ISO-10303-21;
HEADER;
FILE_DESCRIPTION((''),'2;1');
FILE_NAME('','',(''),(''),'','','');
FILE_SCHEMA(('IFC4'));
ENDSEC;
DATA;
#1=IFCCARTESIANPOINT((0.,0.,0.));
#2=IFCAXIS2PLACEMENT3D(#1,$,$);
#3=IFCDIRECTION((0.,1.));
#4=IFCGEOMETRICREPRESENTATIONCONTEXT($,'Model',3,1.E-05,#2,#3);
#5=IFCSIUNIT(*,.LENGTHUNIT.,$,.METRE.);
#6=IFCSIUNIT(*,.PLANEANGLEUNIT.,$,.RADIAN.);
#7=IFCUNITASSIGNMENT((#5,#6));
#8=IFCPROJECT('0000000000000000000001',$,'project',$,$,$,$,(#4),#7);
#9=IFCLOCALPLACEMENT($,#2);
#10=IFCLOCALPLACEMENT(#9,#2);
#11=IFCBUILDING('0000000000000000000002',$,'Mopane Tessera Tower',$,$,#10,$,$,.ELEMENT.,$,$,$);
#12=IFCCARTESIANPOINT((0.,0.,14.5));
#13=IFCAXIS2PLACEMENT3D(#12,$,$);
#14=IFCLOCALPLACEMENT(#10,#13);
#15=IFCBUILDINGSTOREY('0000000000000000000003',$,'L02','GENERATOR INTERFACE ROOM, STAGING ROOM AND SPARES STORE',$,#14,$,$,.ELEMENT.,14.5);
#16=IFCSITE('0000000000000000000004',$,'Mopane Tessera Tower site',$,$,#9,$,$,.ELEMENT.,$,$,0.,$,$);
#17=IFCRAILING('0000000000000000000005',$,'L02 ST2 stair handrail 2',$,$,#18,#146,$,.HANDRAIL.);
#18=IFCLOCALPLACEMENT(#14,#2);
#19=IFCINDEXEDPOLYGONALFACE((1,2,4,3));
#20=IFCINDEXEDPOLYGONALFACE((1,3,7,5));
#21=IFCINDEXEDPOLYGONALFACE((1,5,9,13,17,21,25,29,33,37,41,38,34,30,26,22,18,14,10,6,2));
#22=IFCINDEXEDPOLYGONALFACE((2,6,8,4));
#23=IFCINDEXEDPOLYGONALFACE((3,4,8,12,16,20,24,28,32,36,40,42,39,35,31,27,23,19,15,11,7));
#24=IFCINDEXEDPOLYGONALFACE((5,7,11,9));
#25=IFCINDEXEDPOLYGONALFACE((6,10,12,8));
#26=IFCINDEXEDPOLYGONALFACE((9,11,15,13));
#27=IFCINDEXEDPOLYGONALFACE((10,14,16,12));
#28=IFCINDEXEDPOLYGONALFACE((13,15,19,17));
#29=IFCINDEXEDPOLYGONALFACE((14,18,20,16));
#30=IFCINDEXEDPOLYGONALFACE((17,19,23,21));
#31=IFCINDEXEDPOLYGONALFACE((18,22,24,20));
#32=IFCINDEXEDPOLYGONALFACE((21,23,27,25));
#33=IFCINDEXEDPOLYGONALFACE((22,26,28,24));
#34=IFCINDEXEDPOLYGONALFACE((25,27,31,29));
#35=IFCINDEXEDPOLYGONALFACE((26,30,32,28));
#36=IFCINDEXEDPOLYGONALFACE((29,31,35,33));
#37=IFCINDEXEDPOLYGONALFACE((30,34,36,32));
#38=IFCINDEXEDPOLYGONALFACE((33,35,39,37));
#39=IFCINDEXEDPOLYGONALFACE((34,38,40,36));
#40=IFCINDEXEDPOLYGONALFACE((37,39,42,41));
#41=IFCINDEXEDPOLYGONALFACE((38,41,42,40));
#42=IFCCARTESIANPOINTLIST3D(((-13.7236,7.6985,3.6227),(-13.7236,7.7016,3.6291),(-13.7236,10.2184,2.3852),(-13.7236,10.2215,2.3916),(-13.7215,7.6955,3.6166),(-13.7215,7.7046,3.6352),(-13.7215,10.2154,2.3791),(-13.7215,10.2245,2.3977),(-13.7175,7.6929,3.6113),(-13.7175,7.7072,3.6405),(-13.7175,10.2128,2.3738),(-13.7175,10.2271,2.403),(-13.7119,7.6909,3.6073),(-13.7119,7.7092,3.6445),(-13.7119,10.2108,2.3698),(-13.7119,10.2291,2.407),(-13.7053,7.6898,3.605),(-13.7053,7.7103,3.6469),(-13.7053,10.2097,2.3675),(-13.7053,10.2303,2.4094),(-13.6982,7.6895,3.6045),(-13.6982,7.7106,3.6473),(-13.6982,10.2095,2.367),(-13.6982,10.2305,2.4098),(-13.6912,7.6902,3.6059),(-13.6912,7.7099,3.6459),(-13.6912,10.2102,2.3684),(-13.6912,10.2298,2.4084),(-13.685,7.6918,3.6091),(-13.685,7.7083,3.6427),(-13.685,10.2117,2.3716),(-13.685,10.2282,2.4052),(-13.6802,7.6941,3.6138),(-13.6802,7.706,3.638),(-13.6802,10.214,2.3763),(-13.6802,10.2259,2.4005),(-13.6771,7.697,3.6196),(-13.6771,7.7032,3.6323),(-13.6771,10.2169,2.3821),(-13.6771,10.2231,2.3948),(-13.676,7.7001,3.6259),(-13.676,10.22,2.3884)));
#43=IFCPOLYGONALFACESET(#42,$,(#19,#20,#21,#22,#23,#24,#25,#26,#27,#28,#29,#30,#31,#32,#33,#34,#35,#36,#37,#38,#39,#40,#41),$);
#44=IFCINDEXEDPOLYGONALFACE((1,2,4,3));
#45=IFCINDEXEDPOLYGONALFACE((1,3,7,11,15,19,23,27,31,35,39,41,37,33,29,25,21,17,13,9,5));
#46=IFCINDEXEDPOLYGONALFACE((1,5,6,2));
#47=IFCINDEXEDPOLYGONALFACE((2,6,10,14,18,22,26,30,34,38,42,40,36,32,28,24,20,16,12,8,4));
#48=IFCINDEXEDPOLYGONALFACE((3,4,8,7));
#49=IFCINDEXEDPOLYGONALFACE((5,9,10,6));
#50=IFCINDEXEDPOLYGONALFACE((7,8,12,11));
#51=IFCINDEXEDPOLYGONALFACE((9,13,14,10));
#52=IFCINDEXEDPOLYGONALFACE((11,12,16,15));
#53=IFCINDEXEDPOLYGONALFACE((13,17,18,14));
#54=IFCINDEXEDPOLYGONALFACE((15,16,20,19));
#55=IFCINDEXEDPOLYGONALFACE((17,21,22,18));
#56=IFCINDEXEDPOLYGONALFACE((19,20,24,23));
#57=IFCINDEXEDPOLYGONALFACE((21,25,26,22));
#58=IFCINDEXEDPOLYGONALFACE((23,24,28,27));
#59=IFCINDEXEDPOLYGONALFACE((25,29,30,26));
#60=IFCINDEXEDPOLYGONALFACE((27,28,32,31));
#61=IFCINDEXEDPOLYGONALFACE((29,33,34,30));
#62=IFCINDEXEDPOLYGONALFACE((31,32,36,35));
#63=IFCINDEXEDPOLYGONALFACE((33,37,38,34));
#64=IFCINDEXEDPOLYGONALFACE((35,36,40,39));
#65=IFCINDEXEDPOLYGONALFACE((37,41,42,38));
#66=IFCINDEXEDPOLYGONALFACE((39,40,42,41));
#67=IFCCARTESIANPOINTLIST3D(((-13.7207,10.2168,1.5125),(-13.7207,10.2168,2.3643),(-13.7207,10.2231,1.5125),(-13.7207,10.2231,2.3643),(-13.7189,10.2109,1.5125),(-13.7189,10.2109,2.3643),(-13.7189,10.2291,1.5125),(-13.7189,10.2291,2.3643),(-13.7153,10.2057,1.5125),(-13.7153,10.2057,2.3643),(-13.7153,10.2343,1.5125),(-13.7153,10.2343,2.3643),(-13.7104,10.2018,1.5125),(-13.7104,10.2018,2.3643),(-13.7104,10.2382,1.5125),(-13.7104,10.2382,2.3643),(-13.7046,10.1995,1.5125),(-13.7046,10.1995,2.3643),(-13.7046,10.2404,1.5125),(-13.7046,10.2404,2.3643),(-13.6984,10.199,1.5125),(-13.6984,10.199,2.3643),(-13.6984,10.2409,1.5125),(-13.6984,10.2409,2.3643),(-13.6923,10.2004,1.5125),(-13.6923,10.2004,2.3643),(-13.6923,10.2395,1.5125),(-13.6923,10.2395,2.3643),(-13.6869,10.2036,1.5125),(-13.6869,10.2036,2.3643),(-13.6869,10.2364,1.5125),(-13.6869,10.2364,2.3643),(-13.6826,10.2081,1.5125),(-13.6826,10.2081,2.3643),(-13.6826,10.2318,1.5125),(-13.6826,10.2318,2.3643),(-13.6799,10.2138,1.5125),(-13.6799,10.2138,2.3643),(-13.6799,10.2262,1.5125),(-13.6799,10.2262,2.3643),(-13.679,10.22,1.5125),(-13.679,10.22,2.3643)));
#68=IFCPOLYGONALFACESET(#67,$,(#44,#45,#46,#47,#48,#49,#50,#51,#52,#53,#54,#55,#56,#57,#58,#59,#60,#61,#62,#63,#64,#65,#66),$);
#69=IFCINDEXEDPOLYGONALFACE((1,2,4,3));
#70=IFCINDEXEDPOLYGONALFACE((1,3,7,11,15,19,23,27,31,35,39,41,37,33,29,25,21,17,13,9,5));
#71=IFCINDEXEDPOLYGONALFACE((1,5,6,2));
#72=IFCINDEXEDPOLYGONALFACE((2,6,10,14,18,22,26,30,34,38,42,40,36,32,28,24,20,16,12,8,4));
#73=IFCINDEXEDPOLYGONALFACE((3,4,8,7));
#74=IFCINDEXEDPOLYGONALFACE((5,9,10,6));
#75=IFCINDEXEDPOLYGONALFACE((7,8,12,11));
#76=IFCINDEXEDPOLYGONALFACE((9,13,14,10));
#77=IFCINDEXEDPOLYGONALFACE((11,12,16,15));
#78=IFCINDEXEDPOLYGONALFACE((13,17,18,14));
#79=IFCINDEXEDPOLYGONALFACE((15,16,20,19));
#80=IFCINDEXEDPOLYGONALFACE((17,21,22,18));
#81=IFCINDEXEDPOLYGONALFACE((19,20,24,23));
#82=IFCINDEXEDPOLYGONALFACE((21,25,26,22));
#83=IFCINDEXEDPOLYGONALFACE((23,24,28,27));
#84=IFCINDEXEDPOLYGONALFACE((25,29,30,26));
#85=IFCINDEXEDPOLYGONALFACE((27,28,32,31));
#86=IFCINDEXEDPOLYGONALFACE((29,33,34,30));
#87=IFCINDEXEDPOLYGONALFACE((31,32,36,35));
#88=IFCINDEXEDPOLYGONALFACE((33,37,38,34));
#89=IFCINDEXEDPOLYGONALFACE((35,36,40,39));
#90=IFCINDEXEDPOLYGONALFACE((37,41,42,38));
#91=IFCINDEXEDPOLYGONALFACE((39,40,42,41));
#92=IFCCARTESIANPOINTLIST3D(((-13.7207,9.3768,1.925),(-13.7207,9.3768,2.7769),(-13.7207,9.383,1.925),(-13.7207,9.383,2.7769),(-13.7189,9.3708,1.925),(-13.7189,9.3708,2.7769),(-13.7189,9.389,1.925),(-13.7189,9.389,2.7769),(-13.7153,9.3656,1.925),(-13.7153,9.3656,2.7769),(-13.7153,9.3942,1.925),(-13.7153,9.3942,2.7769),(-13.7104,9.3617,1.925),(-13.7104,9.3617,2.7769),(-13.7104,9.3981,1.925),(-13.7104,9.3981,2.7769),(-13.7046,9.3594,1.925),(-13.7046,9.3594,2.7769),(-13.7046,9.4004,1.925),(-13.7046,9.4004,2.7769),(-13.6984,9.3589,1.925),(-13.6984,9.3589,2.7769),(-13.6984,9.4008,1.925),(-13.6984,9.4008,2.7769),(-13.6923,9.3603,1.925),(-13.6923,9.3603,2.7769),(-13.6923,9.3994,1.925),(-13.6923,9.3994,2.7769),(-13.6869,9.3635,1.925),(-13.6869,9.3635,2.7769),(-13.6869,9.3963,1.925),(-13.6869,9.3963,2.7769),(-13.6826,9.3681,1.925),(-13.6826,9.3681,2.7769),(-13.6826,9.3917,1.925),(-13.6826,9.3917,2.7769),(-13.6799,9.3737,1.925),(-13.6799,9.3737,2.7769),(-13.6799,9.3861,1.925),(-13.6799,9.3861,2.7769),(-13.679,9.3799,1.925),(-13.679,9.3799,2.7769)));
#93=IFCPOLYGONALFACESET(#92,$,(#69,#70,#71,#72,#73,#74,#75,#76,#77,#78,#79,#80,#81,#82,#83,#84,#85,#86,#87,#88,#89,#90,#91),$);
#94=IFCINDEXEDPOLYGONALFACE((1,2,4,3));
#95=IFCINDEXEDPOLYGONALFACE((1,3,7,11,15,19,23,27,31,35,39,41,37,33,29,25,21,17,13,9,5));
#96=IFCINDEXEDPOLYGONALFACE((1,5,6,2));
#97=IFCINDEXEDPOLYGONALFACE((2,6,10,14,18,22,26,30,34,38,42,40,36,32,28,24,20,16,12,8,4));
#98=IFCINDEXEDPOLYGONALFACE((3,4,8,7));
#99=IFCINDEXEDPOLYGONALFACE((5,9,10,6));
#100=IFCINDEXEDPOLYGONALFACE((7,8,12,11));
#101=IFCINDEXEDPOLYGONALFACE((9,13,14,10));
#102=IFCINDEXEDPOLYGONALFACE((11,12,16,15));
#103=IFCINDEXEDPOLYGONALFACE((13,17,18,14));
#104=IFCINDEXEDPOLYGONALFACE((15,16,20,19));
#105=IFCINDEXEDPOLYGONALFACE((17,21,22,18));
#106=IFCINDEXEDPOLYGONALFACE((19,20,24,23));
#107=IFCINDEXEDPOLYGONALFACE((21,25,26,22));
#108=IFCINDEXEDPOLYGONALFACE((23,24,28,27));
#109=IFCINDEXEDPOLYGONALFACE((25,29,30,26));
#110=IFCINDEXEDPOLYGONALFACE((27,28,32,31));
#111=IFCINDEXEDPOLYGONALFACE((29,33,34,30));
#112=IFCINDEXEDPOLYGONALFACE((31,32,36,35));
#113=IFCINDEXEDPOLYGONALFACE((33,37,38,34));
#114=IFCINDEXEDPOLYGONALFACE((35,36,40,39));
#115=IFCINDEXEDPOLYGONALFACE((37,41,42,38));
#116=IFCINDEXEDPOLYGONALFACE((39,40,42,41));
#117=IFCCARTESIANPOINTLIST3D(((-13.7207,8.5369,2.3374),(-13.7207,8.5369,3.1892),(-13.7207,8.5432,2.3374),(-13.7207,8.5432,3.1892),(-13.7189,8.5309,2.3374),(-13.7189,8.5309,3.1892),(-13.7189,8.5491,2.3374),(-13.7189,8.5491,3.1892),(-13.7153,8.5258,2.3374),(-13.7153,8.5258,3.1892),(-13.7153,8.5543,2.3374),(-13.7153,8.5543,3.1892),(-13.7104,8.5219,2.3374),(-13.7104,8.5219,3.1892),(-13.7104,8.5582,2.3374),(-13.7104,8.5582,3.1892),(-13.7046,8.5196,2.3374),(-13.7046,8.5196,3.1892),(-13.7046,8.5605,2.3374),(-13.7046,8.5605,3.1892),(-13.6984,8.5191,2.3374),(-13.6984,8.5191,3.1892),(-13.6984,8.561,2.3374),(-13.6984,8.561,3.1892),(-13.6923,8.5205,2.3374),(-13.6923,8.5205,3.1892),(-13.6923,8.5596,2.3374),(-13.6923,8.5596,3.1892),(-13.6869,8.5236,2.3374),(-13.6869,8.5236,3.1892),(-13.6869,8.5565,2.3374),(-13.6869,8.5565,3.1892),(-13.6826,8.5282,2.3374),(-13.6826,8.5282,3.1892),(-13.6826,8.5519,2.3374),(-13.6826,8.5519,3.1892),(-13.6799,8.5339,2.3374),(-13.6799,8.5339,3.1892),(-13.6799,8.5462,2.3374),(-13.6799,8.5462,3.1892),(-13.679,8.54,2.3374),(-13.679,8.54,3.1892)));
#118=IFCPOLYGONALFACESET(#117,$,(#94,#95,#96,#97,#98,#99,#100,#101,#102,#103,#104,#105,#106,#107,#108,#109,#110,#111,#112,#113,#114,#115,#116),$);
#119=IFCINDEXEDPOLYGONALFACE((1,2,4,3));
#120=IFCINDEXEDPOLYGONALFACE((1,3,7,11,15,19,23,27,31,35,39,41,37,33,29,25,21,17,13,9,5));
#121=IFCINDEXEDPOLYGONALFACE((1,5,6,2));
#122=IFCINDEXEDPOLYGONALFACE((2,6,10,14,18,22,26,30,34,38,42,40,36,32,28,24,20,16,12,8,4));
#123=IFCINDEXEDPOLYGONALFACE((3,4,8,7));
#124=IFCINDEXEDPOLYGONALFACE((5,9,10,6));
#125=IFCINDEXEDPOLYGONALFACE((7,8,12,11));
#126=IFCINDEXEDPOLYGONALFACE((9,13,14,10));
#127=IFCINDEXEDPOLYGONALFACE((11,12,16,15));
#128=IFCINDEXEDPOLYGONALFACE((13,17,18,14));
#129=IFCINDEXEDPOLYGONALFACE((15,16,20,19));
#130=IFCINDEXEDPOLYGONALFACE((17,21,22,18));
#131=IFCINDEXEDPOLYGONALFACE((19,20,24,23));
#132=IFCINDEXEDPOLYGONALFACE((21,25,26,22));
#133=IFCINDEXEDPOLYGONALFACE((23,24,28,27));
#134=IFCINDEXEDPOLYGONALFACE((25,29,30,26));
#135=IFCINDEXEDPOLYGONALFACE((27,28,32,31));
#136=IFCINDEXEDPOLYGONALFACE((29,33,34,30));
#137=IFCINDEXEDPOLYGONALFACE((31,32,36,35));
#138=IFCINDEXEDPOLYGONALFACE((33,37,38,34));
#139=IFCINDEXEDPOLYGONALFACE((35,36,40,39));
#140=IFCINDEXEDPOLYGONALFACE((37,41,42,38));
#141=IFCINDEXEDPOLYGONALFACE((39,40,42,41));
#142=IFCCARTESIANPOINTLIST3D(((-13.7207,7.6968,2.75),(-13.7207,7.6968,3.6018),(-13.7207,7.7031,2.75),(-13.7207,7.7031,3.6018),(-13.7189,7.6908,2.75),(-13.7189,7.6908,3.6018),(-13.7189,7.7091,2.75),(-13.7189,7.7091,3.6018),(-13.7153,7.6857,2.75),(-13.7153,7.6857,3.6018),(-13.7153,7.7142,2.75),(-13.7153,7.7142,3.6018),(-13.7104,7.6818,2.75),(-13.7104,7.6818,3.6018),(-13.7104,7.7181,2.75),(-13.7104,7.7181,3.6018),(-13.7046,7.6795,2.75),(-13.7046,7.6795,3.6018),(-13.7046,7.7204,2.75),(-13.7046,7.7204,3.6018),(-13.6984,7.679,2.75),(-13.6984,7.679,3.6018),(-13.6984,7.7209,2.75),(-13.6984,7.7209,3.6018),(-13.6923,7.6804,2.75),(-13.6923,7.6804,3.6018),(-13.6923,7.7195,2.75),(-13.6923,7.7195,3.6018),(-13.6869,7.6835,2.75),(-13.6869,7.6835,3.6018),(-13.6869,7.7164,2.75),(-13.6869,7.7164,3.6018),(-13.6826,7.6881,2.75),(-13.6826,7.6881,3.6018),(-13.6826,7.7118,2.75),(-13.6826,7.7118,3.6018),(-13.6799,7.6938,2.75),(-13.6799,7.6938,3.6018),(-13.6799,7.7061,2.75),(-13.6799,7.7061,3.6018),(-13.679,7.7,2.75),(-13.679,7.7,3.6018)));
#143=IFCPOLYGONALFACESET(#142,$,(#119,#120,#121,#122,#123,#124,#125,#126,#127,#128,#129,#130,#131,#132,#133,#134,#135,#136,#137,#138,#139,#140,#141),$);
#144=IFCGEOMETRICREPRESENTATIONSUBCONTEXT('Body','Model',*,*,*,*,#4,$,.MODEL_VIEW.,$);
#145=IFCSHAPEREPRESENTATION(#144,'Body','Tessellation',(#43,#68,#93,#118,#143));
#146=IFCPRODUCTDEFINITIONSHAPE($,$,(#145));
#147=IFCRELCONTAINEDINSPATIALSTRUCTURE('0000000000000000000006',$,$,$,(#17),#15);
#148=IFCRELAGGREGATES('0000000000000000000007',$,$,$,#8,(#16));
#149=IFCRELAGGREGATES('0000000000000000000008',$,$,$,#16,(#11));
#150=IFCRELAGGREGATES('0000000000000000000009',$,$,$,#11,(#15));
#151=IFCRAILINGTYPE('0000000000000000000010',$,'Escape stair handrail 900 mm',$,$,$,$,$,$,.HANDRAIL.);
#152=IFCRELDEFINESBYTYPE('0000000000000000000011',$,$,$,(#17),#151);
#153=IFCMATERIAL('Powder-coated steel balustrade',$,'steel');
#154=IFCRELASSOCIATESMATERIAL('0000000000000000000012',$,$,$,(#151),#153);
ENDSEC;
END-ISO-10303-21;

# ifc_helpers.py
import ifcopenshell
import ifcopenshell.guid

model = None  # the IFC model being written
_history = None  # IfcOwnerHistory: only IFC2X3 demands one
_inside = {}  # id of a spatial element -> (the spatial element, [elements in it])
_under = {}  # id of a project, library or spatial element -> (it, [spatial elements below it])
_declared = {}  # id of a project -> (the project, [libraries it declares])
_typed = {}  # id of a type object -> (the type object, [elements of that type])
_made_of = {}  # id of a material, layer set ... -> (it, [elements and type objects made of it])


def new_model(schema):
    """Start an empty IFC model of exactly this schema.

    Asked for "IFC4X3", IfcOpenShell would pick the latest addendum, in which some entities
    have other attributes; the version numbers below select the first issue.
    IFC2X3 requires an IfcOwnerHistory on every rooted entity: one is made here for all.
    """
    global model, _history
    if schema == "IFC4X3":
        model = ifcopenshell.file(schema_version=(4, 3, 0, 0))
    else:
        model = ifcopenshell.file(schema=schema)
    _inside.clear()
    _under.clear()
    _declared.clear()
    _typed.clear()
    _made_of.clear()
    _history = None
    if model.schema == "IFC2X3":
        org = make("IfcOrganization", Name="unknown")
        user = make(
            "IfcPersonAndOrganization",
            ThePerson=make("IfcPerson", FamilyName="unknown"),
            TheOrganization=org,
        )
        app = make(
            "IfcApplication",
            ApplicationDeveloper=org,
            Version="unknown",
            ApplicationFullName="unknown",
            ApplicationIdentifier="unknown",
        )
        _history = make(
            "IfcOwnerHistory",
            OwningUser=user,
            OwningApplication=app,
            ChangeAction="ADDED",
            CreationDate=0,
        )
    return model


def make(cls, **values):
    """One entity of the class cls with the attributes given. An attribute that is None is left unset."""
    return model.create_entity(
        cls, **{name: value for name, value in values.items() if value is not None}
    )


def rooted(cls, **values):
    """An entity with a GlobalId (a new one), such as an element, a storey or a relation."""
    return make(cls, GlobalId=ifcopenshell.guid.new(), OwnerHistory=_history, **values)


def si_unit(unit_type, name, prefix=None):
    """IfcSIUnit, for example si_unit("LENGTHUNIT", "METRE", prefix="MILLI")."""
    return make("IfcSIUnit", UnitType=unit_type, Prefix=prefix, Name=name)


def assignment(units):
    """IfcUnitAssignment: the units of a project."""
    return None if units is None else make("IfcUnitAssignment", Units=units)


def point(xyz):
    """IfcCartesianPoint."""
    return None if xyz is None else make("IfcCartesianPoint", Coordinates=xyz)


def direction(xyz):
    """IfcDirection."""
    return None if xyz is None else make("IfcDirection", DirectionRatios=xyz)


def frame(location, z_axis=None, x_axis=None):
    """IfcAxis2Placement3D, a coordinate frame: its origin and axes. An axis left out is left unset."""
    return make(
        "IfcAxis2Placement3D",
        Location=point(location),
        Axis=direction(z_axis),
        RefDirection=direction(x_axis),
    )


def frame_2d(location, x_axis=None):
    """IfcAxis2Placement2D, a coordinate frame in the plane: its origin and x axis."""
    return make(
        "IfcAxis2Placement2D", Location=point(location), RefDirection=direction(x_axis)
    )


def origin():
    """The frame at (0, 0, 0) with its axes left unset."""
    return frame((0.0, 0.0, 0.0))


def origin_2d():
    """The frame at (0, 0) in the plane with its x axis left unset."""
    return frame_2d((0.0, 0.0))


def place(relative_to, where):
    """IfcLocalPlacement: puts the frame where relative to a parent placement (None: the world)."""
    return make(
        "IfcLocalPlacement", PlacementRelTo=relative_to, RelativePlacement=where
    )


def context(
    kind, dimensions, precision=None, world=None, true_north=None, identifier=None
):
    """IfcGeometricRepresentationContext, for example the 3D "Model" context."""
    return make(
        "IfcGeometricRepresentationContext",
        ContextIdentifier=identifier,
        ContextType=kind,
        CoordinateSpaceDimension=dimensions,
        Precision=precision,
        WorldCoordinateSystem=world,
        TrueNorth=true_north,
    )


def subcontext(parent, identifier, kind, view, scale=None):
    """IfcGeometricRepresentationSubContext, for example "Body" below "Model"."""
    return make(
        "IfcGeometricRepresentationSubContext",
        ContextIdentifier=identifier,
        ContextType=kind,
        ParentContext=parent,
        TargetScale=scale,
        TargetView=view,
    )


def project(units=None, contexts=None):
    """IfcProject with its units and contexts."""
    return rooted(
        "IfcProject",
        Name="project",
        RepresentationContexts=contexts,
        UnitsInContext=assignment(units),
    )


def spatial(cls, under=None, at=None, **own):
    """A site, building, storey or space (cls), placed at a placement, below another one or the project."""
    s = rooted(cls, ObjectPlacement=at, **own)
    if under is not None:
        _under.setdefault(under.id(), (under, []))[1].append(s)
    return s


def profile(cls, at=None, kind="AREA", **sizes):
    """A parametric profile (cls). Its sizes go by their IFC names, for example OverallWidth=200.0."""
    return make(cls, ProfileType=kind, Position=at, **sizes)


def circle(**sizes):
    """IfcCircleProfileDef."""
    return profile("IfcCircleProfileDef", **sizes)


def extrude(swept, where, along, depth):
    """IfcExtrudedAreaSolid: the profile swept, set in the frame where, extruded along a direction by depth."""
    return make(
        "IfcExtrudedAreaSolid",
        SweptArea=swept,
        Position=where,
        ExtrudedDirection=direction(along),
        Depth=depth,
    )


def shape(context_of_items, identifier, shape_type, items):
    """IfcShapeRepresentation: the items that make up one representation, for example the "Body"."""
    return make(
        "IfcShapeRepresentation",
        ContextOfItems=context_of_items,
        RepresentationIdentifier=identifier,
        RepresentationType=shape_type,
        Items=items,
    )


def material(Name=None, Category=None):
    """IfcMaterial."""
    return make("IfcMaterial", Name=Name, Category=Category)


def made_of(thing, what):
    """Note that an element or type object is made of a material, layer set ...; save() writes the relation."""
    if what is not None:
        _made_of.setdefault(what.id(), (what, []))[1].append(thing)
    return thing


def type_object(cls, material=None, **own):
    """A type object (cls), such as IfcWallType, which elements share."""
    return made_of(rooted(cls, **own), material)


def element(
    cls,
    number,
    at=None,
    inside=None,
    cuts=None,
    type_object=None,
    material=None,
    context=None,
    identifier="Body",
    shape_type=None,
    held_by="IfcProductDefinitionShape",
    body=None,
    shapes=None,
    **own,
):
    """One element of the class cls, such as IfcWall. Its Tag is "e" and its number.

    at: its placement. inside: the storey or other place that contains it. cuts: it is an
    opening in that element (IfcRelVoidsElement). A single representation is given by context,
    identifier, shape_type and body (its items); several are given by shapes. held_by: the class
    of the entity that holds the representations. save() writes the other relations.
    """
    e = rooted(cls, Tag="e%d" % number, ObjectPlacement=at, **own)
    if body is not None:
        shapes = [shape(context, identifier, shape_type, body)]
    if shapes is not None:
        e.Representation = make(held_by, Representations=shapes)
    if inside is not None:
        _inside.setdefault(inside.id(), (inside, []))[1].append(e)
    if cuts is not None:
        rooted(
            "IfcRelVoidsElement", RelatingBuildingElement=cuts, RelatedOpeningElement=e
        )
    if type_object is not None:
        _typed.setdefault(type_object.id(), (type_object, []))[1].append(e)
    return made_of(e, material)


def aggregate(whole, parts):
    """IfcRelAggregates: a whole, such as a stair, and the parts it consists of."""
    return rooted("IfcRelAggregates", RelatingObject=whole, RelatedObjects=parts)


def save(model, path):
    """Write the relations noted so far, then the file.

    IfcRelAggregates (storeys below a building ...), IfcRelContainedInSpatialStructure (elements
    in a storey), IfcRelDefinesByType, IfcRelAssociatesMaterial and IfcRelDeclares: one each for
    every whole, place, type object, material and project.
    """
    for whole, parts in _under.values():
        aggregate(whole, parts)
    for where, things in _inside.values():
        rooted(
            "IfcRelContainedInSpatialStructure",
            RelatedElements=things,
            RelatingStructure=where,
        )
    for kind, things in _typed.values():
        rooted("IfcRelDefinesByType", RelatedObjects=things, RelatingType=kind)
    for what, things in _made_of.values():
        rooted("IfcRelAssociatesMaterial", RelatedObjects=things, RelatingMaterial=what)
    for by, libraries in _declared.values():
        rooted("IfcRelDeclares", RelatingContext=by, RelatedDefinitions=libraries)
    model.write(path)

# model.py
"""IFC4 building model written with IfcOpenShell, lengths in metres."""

from ifc_helpers import new_model, si_unit, direction, frame, origin, origin_2d, place, context, subcontext, project, spatial, circle, extrude, material, type_object, element, save


model = new_model("IFC4")

# Units and contexts
model_context = context("Model", 3, precision=1e-05, world=origin(), true_north=direction((0.0, 1.0)))
body_context = subcontext(model_context, "Body", "Model", "MODEL_VIEW")
ifc_project = project(units=[si_unit("LENGTHUNIT", "METRE"), si_unit("PLANEANGLEUNIT", "RADIAN")], contexts=[model_context])

# Site, building, storey
site_placement = place(None, origin())
site = spatial("IfcSite", under=ifc_project, at=site_placement, Name="Mopane Tessera Tower site", CompositionType="ELEMENT", RefElevation=0.0)
building_placement = place(site_placement, origin())
building = spatial("IfcBuilding", under=site, at=building_placement, Name="Mopane Tessera Tower", CompositionType="ELEMENT")
storey_placement = place(building_placement, frame((0.0, 0.0, 14.5)))
storey = spatial("IfcBuildingStorey", under=building, at=storey_placement, Name="L02", Description="GENERATOR INTERFACE ROOM, STAGING ROOM AND SPARES STORE", CompositionType="ELEMENT", Elevation=14.5)

# Railing
ifc_material_1 = material(Name="Powder-coated steel balustrade", Category="steel")
railing_type_1 = type_object("IfcRailingType", Name="Escape stair handrail 900 mm", PredefinedType="HANDRAIL", material=ifc_material_1)
for number, where, name in (
    (1, (-13.7, 10.22, 1.5125), "L02 ST2 stair handrail 2"),
):
    element("IfcRailing", number, at=place(storey_placement, frame(where)), inside=storey, type_object=railing_type_1, Name=name, PredefinedType="HANDRAIL", context=body_context, shape_type="SweptSolid", body=[
        extrude(circle(Radius=0.0239, at=origin_2d()), frame((0.0, 0.0, 0.876), z_axis=(0.0, -0.897604, 0.440802), x_axis=(1.0, 0.0, 0.0)), (0.0, 0.0, 1.0), 2.8074),
        extrude(circle(Radius=0.021, at=origin_2d()), origin(), (0.0, 0.0, 1.0), 0.8518),
        extrude(circle(Radius=0.021, at=origin_2d()), frame((0.0, -0.8401, 0.4126)), (0.0, 0.0, 1.0), 0.8518),
        extrude(circle(Radius=0.021, at=origin_2d()), frame((0.0, -1.6799, 0.825)), (0.0, 0.0, 1.0), 0.8518),
        extrude(circle(Radius=0.021, at=origin_2d()), frame((0.0, -2.52, 1.2375)), (0.0, 0.0, 1.0), 0.8518),
    ])

save(model, "model.ifc")
